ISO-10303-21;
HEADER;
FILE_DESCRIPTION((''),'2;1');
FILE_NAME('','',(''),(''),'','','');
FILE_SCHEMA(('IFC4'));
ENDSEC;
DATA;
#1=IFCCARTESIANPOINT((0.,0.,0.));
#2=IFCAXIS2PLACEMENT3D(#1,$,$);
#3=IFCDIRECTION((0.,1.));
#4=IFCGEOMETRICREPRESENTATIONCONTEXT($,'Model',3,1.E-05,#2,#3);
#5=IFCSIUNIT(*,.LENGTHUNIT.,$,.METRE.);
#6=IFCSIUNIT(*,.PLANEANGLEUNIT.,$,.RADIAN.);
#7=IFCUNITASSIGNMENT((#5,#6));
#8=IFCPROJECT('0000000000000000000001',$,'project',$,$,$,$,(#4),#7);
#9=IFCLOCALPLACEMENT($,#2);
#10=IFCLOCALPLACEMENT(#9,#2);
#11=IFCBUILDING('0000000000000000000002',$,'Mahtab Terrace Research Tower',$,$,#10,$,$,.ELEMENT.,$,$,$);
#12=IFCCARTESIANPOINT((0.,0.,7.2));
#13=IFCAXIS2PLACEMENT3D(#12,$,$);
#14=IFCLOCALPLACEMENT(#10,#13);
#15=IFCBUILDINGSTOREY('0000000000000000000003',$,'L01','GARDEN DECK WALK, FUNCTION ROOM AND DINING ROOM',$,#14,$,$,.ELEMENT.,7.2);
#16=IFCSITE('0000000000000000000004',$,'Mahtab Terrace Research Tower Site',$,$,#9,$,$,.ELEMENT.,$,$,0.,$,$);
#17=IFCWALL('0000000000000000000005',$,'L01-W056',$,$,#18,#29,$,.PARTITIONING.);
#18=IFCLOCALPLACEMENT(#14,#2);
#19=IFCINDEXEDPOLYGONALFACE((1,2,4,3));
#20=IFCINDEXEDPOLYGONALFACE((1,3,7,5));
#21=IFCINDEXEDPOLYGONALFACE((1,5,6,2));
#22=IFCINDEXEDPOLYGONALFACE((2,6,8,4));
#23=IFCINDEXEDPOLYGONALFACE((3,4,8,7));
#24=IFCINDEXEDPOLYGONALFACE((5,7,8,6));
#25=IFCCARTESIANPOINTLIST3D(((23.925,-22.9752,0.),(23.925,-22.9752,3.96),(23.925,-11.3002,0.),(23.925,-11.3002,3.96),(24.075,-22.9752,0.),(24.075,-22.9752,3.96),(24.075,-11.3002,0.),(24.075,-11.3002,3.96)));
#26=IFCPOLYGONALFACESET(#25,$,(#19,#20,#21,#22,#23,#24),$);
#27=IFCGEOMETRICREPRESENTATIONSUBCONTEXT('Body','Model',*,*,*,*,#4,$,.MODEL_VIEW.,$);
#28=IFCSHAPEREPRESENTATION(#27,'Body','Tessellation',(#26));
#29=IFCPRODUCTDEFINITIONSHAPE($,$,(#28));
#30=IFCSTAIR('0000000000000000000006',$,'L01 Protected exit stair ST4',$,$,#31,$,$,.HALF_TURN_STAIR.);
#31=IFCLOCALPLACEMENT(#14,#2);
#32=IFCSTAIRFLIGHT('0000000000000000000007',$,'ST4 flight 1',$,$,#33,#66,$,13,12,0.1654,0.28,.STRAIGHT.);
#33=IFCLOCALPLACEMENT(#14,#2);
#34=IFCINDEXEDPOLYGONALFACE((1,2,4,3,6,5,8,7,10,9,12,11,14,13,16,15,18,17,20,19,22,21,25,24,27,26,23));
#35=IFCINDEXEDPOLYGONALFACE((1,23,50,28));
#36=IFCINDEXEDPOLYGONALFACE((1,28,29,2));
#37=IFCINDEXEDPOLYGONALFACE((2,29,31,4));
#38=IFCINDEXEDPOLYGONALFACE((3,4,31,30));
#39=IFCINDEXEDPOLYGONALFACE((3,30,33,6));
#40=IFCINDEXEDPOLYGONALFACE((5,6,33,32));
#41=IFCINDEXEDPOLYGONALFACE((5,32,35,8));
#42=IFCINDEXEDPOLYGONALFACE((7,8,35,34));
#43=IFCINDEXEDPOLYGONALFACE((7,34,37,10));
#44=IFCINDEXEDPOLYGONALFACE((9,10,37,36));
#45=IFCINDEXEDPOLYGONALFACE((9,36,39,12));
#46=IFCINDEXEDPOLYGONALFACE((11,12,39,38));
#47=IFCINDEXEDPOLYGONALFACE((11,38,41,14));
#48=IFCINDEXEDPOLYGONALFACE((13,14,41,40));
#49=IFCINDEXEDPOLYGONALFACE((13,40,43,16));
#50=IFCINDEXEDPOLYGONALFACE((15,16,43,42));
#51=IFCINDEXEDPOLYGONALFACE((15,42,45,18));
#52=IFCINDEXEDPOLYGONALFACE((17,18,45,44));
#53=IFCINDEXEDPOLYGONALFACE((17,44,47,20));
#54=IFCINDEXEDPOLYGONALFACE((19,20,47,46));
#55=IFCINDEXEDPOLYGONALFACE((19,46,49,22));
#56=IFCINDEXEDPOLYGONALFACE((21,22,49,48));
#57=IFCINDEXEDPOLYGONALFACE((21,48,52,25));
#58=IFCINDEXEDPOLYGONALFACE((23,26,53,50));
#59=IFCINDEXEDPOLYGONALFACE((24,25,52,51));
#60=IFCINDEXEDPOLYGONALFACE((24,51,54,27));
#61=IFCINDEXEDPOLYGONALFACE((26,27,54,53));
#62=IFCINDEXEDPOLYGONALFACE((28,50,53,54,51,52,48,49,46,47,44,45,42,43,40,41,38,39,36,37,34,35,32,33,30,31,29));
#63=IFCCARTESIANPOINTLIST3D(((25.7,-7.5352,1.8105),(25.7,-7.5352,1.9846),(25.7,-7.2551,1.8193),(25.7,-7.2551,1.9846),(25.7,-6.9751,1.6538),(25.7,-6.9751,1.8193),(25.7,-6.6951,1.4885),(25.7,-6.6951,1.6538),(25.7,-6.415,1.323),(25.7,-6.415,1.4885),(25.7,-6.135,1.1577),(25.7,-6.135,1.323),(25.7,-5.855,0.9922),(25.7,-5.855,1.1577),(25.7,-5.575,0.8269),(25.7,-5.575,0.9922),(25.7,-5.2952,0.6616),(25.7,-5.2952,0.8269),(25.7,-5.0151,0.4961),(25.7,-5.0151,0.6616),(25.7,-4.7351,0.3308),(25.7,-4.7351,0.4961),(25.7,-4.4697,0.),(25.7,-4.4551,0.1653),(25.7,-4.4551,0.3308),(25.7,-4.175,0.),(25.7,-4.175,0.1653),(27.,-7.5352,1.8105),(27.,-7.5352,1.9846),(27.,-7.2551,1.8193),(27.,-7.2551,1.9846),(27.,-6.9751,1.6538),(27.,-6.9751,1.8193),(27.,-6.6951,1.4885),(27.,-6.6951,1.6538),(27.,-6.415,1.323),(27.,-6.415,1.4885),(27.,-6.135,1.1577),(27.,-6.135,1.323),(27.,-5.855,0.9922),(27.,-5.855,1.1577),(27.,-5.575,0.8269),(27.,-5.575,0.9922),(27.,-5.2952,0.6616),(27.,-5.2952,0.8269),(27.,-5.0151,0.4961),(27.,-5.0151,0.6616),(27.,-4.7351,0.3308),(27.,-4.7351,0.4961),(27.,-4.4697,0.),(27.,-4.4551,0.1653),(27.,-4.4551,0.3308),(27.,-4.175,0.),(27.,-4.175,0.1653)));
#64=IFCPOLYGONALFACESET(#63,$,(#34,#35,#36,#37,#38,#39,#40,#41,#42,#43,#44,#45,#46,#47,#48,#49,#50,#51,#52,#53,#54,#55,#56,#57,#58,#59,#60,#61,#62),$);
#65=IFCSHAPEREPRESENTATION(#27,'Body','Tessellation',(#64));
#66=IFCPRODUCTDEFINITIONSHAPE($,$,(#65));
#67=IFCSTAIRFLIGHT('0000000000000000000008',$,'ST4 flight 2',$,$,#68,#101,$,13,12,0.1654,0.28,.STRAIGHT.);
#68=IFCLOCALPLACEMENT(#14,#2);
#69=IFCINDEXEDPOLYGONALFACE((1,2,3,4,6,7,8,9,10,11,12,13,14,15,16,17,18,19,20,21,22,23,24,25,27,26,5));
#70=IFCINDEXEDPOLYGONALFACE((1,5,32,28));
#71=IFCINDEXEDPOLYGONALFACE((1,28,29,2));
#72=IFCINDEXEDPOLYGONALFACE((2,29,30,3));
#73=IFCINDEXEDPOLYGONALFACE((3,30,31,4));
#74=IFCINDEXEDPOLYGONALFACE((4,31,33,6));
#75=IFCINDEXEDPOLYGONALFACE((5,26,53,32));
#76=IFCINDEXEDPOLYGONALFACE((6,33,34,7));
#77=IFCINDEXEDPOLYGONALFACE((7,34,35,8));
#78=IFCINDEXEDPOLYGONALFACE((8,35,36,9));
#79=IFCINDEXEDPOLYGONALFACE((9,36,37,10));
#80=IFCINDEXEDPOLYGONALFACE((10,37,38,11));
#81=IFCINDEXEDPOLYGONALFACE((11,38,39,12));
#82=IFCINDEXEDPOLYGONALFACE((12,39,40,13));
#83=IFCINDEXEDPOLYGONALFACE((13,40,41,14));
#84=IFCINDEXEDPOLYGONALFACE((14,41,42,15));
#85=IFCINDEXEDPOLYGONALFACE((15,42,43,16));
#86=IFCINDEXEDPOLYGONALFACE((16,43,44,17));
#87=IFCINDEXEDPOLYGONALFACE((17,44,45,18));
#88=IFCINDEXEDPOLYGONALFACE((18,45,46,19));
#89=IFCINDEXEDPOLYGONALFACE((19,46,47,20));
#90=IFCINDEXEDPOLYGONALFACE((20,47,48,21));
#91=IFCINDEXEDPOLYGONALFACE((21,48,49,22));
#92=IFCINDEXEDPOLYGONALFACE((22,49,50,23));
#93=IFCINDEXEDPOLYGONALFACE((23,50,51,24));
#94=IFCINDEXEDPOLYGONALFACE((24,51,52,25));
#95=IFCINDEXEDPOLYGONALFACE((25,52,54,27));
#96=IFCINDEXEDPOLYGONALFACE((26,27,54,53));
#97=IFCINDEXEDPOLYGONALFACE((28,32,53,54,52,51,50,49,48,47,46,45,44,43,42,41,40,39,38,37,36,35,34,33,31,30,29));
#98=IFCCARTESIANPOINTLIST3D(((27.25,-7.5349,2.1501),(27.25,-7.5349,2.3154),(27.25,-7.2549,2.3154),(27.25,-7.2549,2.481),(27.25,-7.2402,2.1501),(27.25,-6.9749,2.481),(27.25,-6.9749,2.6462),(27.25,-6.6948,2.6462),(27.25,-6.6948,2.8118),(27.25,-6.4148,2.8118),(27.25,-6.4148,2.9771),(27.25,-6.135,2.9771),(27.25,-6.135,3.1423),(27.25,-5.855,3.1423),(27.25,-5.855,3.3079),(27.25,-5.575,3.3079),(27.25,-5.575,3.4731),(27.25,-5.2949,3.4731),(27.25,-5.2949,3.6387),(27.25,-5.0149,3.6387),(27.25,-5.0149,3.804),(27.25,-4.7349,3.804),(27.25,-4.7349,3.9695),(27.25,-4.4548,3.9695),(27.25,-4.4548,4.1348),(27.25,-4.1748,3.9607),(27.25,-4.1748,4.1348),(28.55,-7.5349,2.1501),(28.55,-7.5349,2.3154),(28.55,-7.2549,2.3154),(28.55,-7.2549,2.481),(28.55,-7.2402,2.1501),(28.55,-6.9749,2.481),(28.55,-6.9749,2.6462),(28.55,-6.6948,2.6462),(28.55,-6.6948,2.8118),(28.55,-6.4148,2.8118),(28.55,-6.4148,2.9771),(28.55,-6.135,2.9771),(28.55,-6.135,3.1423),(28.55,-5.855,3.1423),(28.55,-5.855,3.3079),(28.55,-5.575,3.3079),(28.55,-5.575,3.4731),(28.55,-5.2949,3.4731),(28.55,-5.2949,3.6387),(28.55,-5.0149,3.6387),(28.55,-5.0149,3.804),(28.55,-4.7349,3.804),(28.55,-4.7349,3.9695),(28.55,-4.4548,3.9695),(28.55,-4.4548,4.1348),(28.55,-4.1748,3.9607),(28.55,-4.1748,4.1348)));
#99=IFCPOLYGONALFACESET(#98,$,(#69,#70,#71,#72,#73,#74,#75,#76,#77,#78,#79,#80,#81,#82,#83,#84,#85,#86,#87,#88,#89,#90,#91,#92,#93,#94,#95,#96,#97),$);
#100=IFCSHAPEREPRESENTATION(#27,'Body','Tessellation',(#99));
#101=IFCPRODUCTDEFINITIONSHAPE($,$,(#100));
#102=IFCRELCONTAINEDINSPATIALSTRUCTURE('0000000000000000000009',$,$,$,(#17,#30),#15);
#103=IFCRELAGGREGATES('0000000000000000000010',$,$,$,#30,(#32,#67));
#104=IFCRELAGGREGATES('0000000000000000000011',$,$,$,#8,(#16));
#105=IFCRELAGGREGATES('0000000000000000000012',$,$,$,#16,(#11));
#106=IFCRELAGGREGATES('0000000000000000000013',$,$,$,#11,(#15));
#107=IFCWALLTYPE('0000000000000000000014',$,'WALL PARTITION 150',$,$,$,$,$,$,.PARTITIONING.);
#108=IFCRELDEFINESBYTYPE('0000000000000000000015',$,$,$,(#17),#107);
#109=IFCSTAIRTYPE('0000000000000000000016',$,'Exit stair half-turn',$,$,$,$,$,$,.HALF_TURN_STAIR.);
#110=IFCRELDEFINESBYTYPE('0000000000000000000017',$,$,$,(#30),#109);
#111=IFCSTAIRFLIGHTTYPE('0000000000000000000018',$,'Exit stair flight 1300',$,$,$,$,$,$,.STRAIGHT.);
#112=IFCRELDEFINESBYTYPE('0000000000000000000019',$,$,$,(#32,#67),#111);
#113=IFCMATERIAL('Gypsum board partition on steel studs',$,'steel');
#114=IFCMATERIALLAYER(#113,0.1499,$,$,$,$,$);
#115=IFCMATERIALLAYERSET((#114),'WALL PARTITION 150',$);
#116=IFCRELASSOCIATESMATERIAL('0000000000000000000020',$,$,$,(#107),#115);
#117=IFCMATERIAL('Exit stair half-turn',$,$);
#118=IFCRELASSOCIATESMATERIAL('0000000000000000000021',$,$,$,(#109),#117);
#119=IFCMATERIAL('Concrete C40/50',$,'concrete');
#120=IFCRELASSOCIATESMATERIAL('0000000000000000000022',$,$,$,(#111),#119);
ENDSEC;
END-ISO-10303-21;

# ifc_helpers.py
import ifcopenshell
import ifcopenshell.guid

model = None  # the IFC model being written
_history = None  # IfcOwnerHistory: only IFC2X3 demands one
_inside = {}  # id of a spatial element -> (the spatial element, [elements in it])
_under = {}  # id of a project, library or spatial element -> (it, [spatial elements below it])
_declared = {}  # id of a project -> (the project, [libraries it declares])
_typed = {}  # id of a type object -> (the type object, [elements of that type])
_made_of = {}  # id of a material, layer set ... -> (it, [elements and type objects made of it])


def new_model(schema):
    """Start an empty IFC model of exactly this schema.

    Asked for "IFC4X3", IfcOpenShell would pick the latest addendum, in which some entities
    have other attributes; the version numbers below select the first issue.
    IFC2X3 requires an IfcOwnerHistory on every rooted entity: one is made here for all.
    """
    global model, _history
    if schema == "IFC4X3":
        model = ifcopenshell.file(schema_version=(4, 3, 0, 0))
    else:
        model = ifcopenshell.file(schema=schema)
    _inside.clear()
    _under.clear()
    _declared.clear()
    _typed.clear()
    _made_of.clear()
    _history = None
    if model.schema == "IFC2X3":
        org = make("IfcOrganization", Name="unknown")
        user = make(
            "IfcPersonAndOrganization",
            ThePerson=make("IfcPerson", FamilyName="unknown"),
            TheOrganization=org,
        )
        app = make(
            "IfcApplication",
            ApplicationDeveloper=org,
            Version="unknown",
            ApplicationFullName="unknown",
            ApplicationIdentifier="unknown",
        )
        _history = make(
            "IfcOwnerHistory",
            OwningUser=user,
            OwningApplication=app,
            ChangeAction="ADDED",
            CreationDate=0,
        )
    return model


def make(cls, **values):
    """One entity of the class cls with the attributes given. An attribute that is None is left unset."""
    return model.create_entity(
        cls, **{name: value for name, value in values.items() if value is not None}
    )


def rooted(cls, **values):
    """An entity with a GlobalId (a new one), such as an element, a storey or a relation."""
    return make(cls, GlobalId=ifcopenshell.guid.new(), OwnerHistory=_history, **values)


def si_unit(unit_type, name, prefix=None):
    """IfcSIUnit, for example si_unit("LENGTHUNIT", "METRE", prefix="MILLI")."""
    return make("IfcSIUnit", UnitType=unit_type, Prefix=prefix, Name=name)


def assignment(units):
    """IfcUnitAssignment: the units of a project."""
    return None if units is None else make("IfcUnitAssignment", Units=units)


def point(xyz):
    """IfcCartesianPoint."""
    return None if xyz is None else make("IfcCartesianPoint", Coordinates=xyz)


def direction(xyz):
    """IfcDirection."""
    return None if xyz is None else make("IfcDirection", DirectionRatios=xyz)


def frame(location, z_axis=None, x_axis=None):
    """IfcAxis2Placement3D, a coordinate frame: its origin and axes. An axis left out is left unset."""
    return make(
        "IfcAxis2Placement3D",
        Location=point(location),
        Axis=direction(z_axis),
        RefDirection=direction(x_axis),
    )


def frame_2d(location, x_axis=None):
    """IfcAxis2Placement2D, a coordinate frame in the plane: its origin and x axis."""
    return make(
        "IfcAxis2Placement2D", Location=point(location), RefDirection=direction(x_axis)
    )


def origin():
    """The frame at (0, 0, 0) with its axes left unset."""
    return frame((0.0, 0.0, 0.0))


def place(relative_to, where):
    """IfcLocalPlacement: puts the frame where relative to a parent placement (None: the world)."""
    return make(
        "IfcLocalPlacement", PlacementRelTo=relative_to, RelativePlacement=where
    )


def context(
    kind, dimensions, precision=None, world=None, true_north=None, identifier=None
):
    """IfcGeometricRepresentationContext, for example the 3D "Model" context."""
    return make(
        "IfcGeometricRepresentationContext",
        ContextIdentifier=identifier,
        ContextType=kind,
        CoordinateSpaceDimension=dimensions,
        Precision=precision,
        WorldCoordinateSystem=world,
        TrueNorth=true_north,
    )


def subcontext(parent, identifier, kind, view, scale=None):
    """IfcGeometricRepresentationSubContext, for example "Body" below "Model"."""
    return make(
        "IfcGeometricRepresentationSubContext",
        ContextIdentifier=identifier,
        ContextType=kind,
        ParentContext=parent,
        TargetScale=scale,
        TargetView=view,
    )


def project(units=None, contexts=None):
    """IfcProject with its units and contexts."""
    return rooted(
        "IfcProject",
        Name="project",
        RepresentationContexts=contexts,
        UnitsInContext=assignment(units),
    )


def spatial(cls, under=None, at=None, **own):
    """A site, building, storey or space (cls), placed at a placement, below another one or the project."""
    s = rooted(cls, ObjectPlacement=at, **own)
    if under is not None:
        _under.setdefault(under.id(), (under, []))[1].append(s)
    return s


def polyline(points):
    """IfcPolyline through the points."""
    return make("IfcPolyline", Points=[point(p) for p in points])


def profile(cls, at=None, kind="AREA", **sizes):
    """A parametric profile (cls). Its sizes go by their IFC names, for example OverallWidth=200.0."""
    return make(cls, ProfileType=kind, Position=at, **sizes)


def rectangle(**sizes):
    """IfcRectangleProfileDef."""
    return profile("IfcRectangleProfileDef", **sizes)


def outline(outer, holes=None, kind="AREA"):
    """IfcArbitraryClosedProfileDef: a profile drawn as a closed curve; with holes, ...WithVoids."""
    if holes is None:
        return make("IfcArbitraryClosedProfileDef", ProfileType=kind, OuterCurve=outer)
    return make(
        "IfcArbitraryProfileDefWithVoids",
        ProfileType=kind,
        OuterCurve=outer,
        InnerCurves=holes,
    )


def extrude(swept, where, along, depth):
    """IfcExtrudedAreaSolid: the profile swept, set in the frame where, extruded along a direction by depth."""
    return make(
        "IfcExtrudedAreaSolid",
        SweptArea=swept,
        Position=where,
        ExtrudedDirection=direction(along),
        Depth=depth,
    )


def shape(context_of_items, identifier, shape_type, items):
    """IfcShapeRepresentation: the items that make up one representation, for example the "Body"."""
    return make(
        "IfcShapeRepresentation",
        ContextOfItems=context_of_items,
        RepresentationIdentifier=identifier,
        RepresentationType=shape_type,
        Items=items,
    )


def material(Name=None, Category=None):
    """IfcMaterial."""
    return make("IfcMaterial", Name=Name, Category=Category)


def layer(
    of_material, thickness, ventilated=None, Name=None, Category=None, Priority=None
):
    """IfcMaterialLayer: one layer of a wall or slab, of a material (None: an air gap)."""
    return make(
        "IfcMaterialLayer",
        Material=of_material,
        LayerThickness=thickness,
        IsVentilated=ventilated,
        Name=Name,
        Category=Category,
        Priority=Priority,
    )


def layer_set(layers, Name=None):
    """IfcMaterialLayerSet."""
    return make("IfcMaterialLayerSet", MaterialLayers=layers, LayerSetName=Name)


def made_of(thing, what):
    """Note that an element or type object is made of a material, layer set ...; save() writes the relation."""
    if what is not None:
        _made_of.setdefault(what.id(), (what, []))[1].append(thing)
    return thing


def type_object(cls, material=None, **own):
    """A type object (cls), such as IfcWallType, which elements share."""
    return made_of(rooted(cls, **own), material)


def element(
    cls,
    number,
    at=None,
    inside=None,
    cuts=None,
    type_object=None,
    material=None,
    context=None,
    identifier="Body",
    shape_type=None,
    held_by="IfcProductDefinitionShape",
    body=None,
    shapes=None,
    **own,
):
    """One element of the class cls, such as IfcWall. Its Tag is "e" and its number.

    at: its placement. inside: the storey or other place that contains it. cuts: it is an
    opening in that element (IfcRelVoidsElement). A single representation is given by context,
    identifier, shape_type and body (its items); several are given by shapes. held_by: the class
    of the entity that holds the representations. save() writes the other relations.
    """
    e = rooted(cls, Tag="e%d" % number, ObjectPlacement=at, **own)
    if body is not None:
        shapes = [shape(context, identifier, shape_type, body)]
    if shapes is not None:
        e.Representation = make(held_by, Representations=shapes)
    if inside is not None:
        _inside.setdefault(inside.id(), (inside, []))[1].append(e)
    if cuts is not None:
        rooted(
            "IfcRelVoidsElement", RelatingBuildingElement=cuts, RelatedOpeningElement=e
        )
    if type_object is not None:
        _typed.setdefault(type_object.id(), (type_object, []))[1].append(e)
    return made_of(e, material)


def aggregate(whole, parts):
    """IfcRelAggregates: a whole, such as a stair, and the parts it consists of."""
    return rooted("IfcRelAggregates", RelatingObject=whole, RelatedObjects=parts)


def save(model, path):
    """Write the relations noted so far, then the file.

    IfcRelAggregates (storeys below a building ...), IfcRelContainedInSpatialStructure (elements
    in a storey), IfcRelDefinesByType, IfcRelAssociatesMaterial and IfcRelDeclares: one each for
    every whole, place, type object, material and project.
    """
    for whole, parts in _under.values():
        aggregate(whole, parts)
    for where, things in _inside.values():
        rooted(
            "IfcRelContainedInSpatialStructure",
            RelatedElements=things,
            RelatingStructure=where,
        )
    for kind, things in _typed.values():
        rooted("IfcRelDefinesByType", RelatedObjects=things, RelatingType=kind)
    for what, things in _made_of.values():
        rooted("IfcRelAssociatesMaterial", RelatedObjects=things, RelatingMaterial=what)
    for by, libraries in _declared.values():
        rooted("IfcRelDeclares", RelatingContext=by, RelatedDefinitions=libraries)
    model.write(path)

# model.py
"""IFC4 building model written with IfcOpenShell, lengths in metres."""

from ifc_helpers import new_model, si_unit, direction, frame, frame_2d, origin, place, context, subcontext, project, spatial, polyline, rectangle, outline, extrude, material, layer, layer_set, type_object, element, aggregate, save


model = new_model("IFC4")

# Units and contexts
model_context = context("Model", 3, precision=1e-05, world=origin(), true_north=direction((0.0, 1.0)))
body_context = subcontext(model_context, "Body", "Model", "MODEL_VIEW")
ifc_project = project(units=[si_unit("LENGTHUNIT", "METRE"), si_unit("PLANEANGLEUNIT", "RADIAN")], contexts=[model_context])

# Site, building, storey
site_placement = place(None, origin())
site = spatial("IfcSite", under=ifc_project, at=site_placement, Name="Mahtab Terrace Research Tower Site", CompositionType="ELEMENT", RefElevation=0.0)
building_placement = place(site_placement, origin())
building = spatial("IfcBuilding", under=site, at=building_placement, Name="Mahtab Terrace Research Tower", CompositionType="ELEMENT")
storey_placement = place(building_placement, frame((0.0, 0.0, 7.2)))
storey = spatial("IfcBuildingStorey", under=building, at=storey_placement, Name="L01", Description="GARDEN DECK WALK, FUNCTION ROOM AND DINING ROOM", CompositionType="ELEMENT", Elevation=7.2)

# Wall
ifc_material_1 = material(Name="Gypsum board partition on steel studs", Category="steel")
ifc_layer_1 = layer(ifc_material_1, 0.1499)
ifc_layer_set_1 = layer_set([ifc_layer_1], Name="WALL PARTITION 150")
wall_type_1 = type_object("IfcWallType", Name="WALL PARTITION 150", PredefinedType="PARTITIONING", material=ifc_layer_set_1)
wall_1_placement = place(storey_placement, frame((24.0, -22.9751, 0.0), z_axis=(0.0, 0.0, 1.0), x_axis=(0.0, 1.0, 0.0)))
element("IfcWall", 1, at=wall_1_placement, inside=storey, type_object=wall_type_1, Name="L01-W056", PredefinedType="PARTITIONING", context=body_context, shape_type="SweptSolid", body=[
    extrude(rectangle(XDim=11.675, YDim=0.1499, at=frame_2d((5.8374, 0.0))), origin(), (0.0, 0.0, 1.0), 3.96),
])

# Stair, stair flights
ifc_material_2 = material(Name="Exit stair half-turn")
stair_type = type_object("IfcStairType", Name="Exit stair half-turn", PredefinedType="HALF_TURN_STAIR", material=ifc_material_2)
stair_placement = place(storey_placement, origin())
stair = element("IfcStair", 2, at=stair_placement, inside=storey, type_object=stair_type, Name="L01 Protected exit stair ST4", PredefinedType="HALF_TURN_STAIR")
ifc_material_3 = material(Name="Concrete C40/50", Category="concrete")
stair_flight_type = type_object("IfcStairFlightType", Name="Exit stair flight 1300", PredefinedType="STRAIGHT", material=ifc_material_3)
stair_flight_1_placement = place(storey_placement, frame((26.3501, -4.175, 0.0), z_axis=(0.0, 0.0, 1.0), x_axis=(0.0, -1.0, 0.0)))
stair_flight_1 = element("IfcStairFlight", 3, at=stair_flight_1_placement, type_object=stair_flight_type, Name="ST4 flight 1", NumberOfRisers=13, NumberOfTreads=12, PredefinedType="STRAIGHT", RiserHeight=0.1654, TreadLength=0.28, context=body_context, shape_type="SweptSolid", body=[
    extrude(outline(polyline([(0.0, 0.0), (0.0, 0.1653), (0.28, 0.1653), (0.28, 0.3308), (0.5601, 0.3308), (0.5601, 0.4961), (0.8401, 0.4961), (0.8401, 0.6616), (1.1201, 0.6616), (1.1201, 0.8269), (1.3999, 0.8269), (1.3999, 0.9922), (1.6799, 0.9922), (1.6799, 1.1577), (1.96, 1.1577), (1.96, 1.323), (2.24, 1.323), (2.24, 1.4885), (2.52, 1.4885), (2.52, 1.6538), (2.8, 1.6538), (2.8, 1.8193), (3.0801, 1.8193), (3.0801, 1.9846), (3.3601, 1.9846), (3.3601, 2.1499), (3.3601, 1.8105), (0.2947, 0.0), (0.0, 0.0)])), frame((0.0, 0.6499, 0.0), z_axis=(0.0, -1.0, 0.0), x_axis=(1.0, 0.0, 0.0)), (0.0, 0.0, 1.0), 1.3),
])
stair_flight_2_placement = place(storey_placement, frame((27.8999, -7.5349, 2.1501), z_axis=(0.0, 0.0, 1.0), x_axis=(0.0, 1.0, 0.0)))
stair_flight_2 = element("IfcStairFlight", 4, at=stair_flight_2_placement, type_object=stair_flight_type, Name="ST4 flight 2", NumberOfRisers=13, NumberOfTreads=12, PredefinedType="STRAIGHT", RiserHeight=0.1654, TreadLength=0.28, context=body_context, shape_type="SweptSolid", body=[
    extrude(outline(polyline([(0.0, 0.0), (0.0, 0.1653), (0.28, 0.1653), (0.28, 0.3308), (0.5601, 0.3308), (0.5601, 0.4961), (0.8401, 0.4961), (0.8401, 0.6616), (1.1201, 0.6616), (1.1201, 0.8269), (1.3999, 0.8269), (1.3999, 0.9922), (1.6799, 0.9922), (1.6799, 1.1577), (1.96, 1.1577), (1.96, 1.323), (2.24, 1.323), (2.24, 1.4885), (2.52, 1.4885), (2.52, 1.6538), (2.8, 1.6538), (2.8, 1.8193), (3.0801, 1.8193), (3.0801, 1.9846), (3.3601, 1.9846), (3.3601, 2.1499), (3.3601, 1.8105), (0.2947, 0.0), (0.0, 0.0)])), frame((0.0, 0.6499, 0.0), z_axis=(0.0, -1.0, 0.0), x_axis=(1.0, 0.0, 0.0)), (0.0, 0.0, 1.0), 1.3),
])
aggregate(stair, [stair_flight_1, stair_flight_2])

save(model, "model.ifc")
